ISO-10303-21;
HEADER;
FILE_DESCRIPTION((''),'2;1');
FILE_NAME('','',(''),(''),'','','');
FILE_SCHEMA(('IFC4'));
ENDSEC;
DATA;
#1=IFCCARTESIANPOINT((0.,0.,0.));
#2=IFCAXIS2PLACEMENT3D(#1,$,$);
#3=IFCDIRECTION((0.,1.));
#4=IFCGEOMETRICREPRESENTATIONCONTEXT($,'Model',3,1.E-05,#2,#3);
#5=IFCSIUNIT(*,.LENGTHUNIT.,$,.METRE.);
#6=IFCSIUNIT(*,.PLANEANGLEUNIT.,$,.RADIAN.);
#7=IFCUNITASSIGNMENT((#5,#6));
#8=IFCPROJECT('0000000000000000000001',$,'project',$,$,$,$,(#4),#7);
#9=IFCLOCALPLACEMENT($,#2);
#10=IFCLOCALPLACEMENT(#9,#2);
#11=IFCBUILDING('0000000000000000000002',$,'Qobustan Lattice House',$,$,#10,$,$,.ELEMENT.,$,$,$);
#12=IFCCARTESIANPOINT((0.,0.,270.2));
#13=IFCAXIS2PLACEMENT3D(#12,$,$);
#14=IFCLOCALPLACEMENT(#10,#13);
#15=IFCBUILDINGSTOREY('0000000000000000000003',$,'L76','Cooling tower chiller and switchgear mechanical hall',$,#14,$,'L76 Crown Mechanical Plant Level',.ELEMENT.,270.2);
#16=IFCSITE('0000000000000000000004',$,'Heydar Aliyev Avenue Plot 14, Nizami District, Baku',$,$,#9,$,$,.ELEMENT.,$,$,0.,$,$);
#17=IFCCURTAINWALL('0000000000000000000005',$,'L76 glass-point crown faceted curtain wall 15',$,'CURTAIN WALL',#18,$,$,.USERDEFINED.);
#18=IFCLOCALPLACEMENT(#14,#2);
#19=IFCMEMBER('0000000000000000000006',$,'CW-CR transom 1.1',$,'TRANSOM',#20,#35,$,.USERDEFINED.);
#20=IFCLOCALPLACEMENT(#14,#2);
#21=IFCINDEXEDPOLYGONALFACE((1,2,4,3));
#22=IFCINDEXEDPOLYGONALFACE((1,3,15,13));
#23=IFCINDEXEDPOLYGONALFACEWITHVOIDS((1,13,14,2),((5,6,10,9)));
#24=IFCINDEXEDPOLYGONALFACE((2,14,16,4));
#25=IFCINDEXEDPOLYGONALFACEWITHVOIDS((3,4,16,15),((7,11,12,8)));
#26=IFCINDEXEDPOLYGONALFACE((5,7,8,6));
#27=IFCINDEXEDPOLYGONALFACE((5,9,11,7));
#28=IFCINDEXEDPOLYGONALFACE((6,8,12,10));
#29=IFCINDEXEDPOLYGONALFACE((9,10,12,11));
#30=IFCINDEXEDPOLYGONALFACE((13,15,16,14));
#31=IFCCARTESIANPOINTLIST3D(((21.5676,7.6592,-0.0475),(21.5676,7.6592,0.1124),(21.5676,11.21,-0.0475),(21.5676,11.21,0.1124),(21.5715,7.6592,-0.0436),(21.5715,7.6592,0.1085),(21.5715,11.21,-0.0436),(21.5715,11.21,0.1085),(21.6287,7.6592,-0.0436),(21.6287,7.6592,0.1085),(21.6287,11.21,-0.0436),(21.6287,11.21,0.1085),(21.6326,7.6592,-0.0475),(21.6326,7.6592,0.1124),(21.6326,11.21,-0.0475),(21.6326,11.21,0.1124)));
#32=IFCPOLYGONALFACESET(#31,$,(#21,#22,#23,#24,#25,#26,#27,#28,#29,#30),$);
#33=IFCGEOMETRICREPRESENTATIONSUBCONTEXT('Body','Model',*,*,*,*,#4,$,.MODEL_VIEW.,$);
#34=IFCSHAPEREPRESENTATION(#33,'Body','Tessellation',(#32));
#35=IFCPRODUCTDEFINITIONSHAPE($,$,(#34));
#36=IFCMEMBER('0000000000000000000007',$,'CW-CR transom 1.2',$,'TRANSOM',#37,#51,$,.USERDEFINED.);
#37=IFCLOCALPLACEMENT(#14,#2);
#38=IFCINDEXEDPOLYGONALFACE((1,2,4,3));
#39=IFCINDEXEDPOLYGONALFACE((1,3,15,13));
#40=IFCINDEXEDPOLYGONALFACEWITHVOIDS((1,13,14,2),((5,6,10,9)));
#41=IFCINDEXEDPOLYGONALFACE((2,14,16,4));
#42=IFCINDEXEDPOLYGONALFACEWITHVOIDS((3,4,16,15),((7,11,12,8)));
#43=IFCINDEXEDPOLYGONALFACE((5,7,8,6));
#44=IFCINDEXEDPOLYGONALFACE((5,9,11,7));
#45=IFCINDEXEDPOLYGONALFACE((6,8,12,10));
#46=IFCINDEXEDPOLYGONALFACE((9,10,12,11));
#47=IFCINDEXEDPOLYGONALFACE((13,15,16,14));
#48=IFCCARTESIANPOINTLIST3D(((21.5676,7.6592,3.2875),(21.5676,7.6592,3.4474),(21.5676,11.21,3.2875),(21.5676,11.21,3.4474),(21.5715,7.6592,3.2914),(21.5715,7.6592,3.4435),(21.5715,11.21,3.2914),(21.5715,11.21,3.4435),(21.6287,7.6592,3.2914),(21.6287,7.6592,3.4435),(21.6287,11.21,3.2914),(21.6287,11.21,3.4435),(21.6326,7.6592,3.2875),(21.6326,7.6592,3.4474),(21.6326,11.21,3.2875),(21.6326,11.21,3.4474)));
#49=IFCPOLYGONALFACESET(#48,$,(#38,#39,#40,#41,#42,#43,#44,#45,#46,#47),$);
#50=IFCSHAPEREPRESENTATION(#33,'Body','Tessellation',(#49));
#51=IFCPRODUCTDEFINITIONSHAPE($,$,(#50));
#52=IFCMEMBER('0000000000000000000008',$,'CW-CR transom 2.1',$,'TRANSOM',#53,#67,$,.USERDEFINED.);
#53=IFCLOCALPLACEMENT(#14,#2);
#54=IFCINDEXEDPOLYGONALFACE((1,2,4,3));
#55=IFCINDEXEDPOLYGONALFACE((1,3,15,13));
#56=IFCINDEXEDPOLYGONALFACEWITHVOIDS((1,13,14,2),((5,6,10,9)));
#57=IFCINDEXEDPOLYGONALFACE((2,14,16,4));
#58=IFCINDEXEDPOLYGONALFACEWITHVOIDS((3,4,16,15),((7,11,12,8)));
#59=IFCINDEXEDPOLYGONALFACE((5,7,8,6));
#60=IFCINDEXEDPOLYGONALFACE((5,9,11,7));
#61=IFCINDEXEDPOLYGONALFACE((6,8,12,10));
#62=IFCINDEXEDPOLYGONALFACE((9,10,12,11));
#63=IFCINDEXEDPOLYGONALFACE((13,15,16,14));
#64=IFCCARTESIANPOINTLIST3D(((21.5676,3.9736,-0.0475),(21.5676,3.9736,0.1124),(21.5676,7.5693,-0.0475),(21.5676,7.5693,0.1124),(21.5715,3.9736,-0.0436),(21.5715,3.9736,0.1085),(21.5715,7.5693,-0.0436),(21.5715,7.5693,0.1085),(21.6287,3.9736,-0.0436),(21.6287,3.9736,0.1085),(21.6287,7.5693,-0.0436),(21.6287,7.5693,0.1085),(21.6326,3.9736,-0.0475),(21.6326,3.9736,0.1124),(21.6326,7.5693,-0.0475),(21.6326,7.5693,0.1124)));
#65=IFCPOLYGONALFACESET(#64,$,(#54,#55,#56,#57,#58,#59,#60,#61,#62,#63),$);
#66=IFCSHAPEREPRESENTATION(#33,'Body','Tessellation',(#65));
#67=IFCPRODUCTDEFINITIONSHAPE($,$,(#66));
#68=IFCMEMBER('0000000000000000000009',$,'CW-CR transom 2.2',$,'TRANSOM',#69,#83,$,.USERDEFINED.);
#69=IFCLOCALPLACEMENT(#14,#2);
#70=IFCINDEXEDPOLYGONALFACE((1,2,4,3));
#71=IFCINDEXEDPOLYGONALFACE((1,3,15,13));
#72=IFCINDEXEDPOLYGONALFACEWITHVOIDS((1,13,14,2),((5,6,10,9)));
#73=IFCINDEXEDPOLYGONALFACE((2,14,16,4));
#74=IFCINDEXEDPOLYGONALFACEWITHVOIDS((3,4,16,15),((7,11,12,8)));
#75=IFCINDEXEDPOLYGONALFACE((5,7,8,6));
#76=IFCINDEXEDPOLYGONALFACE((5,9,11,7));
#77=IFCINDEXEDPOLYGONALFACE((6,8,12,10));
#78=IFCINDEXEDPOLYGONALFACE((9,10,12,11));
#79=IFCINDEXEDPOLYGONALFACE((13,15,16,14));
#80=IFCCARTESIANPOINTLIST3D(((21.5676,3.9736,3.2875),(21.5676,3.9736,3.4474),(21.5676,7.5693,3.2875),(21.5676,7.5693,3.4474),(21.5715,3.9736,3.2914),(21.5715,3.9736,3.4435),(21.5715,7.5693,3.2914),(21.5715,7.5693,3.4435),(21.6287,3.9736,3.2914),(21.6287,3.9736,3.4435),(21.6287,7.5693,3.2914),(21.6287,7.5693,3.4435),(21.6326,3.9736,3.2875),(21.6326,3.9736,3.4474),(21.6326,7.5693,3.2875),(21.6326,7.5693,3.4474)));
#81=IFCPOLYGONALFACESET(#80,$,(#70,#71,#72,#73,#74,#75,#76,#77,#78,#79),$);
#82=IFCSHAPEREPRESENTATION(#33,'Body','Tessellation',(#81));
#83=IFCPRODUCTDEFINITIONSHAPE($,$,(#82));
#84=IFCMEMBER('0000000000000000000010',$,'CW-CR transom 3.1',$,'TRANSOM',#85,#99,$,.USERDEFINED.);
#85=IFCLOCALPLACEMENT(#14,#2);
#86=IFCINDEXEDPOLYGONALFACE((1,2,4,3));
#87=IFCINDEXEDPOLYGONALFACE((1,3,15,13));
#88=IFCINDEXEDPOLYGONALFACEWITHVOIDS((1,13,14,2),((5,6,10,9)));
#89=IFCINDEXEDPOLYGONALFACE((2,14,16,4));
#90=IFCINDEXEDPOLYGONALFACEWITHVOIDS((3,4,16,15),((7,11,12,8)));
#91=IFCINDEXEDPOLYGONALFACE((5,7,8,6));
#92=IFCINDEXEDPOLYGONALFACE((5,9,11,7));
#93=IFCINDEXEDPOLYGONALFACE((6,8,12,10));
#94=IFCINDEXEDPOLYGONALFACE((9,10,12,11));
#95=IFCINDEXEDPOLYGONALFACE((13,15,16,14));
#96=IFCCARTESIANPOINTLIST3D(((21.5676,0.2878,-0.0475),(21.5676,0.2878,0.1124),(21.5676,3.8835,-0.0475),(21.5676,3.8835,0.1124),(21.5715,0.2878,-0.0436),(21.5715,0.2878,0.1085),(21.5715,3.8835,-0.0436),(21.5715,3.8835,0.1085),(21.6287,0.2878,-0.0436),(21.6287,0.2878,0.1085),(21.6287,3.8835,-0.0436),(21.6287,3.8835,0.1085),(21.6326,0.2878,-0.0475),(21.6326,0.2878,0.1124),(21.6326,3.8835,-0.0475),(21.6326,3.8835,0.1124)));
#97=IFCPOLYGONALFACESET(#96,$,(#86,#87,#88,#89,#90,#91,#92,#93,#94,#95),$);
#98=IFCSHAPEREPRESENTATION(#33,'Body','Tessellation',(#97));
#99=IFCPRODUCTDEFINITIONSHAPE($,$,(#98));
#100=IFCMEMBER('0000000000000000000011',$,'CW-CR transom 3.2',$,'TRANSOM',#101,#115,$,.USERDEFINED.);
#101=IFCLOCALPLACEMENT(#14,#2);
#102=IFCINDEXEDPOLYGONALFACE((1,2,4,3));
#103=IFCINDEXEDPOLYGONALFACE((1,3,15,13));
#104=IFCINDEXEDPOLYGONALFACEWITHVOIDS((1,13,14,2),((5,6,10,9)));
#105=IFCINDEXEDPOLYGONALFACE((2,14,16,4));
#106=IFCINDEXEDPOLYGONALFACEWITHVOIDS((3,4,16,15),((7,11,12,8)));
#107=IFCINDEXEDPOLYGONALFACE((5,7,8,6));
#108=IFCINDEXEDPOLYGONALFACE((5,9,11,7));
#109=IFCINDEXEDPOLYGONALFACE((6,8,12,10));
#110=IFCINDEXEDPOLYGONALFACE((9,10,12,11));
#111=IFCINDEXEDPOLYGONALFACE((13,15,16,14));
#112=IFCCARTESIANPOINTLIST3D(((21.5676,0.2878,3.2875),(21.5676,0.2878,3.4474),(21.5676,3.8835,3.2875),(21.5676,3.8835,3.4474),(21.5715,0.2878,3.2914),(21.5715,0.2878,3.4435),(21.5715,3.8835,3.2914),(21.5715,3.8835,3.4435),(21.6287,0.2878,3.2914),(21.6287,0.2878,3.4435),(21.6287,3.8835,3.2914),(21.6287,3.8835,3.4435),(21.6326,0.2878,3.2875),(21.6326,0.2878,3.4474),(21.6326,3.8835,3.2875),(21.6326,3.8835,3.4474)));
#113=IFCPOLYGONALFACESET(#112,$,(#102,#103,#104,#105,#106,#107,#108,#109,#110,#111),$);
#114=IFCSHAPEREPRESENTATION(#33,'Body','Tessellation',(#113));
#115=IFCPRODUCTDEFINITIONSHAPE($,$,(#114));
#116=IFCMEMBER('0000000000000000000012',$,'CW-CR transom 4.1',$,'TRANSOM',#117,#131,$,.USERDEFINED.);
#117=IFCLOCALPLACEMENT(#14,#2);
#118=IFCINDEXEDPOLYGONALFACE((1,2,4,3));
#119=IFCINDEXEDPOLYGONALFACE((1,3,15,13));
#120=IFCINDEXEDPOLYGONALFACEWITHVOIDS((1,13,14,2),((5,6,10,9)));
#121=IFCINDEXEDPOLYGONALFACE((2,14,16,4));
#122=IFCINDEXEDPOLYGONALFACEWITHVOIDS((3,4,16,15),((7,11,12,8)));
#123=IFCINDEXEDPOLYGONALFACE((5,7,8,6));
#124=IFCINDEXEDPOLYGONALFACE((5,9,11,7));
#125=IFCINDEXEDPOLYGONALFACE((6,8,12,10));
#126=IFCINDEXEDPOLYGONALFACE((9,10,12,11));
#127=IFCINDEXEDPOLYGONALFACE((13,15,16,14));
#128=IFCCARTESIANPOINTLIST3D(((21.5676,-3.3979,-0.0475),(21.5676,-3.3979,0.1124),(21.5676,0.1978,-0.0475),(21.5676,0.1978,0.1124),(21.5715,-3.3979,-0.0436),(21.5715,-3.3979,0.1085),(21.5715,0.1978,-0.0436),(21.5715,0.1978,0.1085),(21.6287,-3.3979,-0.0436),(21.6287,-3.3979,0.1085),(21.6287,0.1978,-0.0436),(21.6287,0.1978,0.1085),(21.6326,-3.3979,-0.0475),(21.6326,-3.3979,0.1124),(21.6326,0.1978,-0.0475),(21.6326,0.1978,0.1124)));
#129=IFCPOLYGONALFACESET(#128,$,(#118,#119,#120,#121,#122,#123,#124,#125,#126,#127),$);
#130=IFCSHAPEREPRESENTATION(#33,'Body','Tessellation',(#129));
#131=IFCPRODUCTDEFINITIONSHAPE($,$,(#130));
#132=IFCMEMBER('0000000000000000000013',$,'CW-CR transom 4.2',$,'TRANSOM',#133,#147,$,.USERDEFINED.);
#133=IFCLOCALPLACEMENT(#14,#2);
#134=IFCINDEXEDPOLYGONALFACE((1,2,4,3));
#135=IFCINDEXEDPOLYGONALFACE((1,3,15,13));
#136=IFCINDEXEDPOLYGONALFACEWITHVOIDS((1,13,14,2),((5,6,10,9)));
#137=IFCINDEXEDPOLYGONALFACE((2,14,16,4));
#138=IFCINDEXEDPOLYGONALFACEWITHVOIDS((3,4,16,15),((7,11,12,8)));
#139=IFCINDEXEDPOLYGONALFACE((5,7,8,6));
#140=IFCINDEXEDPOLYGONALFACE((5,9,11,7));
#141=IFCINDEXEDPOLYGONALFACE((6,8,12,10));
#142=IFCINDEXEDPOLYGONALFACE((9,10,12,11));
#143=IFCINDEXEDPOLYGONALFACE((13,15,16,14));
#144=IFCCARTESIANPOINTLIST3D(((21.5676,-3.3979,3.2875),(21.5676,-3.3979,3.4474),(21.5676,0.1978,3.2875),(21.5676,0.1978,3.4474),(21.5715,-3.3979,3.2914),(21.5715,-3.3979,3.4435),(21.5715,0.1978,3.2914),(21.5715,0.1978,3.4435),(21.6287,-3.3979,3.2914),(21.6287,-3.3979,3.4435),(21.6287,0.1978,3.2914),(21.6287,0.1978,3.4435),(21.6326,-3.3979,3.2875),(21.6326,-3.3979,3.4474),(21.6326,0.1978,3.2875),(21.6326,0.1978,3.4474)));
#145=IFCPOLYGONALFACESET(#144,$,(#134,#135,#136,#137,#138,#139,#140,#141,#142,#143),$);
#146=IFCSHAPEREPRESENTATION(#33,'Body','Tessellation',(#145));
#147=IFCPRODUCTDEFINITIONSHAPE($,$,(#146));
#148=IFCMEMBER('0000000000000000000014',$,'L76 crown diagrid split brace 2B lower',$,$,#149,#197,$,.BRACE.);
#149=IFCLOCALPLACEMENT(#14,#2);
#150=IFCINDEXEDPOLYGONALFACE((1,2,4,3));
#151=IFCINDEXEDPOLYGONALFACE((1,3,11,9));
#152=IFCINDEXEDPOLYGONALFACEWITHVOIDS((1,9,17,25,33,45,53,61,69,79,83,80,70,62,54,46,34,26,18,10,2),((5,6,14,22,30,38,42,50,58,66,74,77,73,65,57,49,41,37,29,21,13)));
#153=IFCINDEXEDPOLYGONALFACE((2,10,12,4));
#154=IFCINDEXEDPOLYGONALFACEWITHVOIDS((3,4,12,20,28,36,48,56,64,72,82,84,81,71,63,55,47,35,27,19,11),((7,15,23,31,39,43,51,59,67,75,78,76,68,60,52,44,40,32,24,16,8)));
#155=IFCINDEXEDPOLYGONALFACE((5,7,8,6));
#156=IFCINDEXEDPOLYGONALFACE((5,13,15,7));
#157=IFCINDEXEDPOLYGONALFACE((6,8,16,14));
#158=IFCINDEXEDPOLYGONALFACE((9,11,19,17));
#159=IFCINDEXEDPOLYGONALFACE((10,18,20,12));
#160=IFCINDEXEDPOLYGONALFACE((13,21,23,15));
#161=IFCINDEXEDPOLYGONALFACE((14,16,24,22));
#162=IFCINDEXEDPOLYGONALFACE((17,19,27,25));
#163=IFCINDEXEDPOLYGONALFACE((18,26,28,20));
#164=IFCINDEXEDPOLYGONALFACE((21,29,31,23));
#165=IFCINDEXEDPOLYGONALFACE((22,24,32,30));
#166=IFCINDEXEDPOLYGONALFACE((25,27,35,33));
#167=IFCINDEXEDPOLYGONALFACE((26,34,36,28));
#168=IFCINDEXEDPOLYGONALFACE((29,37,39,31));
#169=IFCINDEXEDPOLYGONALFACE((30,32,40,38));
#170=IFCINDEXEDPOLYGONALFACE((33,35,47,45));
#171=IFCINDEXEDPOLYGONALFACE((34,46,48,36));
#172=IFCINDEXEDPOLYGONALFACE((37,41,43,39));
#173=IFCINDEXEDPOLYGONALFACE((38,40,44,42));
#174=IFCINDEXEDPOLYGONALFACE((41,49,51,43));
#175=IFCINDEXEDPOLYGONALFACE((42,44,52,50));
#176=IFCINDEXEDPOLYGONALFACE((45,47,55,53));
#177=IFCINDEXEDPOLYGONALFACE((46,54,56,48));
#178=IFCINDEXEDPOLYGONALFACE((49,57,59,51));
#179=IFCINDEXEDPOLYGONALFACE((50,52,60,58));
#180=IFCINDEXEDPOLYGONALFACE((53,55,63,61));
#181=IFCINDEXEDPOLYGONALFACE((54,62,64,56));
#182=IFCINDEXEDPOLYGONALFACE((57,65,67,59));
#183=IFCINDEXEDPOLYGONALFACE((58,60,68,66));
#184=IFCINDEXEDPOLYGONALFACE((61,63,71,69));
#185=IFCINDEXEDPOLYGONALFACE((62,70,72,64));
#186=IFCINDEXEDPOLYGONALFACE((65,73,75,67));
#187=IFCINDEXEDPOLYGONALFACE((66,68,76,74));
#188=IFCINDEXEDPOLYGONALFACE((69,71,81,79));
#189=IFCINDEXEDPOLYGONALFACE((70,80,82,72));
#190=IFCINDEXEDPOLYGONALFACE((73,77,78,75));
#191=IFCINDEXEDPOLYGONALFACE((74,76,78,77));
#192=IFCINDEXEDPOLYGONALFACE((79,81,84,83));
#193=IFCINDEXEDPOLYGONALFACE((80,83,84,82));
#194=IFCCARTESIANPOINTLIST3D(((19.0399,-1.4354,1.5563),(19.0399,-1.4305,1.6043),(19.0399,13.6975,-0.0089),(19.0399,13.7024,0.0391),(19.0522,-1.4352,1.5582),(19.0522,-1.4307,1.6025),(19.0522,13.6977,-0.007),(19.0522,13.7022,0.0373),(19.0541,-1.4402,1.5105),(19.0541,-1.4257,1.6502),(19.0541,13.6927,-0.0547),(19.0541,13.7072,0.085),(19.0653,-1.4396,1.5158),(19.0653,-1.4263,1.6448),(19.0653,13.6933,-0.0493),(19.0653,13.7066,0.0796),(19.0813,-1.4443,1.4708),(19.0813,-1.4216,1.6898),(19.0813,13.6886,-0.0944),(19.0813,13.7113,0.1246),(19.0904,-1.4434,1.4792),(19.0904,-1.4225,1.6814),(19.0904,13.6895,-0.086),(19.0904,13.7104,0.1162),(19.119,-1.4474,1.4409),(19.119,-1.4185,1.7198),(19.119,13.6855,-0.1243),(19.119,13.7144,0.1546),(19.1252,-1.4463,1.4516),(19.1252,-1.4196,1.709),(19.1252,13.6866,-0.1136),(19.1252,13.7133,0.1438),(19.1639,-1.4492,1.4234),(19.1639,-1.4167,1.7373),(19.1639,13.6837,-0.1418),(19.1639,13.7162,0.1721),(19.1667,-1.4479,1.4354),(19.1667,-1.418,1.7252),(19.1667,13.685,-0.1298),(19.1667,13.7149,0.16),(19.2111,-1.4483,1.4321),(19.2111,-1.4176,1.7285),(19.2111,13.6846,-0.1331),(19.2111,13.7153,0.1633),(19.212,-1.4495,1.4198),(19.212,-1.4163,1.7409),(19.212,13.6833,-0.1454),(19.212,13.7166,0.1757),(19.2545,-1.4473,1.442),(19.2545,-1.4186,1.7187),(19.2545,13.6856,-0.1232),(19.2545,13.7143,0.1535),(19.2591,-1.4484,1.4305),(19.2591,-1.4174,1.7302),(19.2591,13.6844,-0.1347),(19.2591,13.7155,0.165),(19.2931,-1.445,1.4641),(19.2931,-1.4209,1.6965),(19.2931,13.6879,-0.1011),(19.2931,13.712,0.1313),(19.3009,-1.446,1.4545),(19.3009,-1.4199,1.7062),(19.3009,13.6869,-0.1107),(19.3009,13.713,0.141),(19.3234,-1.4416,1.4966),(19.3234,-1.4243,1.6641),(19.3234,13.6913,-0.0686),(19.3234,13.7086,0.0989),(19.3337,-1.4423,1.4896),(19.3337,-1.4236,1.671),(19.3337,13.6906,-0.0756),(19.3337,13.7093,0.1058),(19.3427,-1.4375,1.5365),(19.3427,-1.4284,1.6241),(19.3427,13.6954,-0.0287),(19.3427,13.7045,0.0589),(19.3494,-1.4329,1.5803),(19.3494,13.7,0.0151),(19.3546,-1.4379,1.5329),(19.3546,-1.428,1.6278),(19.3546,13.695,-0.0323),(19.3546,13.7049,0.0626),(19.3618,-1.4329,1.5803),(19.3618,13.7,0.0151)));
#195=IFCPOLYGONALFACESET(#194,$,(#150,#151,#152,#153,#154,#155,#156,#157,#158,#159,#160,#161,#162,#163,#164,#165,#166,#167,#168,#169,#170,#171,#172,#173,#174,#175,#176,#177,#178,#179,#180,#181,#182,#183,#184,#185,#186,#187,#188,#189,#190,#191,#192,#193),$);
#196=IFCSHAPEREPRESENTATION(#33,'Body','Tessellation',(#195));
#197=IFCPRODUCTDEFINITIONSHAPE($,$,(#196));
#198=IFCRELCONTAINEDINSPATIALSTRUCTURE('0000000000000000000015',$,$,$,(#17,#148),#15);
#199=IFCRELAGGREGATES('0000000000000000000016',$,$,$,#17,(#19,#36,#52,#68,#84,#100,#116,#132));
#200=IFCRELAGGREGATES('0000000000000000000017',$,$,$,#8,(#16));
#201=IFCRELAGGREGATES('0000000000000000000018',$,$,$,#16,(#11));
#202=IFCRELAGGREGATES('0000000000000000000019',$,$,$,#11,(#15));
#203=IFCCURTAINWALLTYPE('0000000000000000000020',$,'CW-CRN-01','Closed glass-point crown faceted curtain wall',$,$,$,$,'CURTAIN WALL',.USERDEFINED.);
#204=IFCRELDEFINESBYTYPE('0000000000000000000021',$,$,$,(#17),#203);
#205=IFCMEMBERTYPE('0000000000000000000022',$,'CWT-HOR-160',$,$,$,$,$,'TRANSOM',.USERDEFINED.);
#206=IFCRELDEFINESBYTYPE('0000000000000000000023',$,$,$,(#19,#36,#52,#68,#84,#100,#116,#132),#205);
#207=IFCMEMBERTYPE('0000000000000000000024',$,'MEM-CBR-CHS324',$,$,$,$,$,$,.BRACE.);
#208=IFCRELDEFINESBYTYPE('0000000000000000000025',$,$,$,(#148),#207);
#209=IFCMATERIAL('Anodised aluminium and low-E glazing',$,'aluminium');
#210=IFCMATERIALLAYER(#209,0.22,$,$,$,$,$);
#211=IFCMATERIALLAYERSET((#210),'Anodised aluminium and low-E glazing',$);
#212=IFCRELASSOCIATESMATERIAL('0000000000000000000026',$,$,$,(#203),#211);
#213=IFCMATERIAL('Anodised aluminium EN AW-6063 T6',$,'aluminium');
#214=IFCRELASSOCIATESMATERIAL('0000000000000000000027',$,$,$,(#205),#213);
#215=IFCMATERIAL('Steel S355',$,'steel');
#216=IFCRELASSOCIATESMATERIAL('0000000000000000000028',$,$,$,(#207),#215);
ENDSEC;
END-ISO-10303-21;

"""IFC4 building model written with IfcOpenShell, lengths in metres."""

from ifc_helpers import new_model, si_unit, direction, frame, origin, origin_2d, place, context, subcontext, project, spatial, hollow_rectangle, hollow_circle, extrude, material, layer, layer_set, material_profile, profile_set, type_object, element, aggregate, save


model = new_model("IFC4")

# Units and contexts
model_context = context("Model", 3, precision=1e-05, world=origin(), true_north=direction((0.0, 1.0)))
body_context = subcontext(model_context, "Body", "Model", "MODEL_VIEW")
ifc_project = project(units=[si_unit("LENGTHUNIT", "METRE"), si_unit("PLANEANGLEUNIT", "RADIAN")], contexts=[model_context])

# Site, building, storey
site_placement = place(None, origin())
site = spatial("IfcSite", under=ifc_project, at=site_placement, Name="Heydar Aliyev Avenue Plot 14, Nizami District, Baku", CompositionType="ELEMENT", RefElevation=0.0)
building_placement = place(site_placement, origin())
building = spatial("IfcBuilding", under=site, at=building_placement, Name="Qobustan Lattice House", CompositionType="ELEMENT")
storey_placement = place(building_placement, frame((0.0, 0.0, 270.2)))
storey = spatial("IfcBuildingStorey", under=building, at=storey_placement, Name="L76", Description="Cooling tower chiller and switchgear mechanical hall", LongName="L76 Crown Mechanical Plant Level", CompositionType="ELEMENT", Elevation=270.2)

# Curtain wall
ifc_material_1 = material(Name="Anodised aluminium and low-E glazing", Category="aluminium")
ifc_layer_1 = layer(ifc_material_1, 0.22)
ifc_layer_set_1 = layer_set([ifc_layer_1], Name="Anodised aluminium and low-E glazing")
curtain_wall_type = type_object("IfcCurtainWallType", Name="CW-CRN-01", Description="Closed glass-point crown faceted curtain wall", ElementType="CURTAIN WALL", PredefinedType="USERDEFINED", material=ifc_layer_set_1)
curtain_wall_1_placement = place(storey_placement, origin())
curtain_wall_1 = element("IfcCurtainWall", 1, at=curtain_wall_1_placement, inside=storey, type_object=curtain_wall_type, Name="L76 glass-point crown faceted curtain wall 15", ObjectType="CURTAIN WALL", PredefinedType="USERDEFINED")

# Members
ifc_material_2 = material(Name="Anodised aluminium EN AW-6063 T6", Category="aluminium")
ifc_material_profile_1 = material_profile(ifc_material_2, hollow_rectangle(XDim=0.0649, YDim=0.1599, WallThickness=0.0039, at=origin_2d()), Name="CWT-160x65")
ifc_profile_set_1 = profile_set([ifc_material_profile_1], Name="Anodised aluminium EN AW-6063 T6")
member_type_1 = type_object("IfcMemberType", Name="CWT-HOR-160", ElementType="TRANSOM", PredefinedType="USERDEFINED", material=ifc_profile_set_1)
member_1_placement = place(storey_placement, frame((21.6001, 11.21, 0.0325), z_axis=(0.0, -1.0, 0.0), x_axis=(1.0, 0.0, 0.0)))
member_1 = element("IfcMember", 2, at=member_1_placement, type_object=member_type_1, Name="CW-CR transom 1.1", ObjectType="TRANSOM", PredefinedType="USERDEFINED", context=body_context, shape_type="SweptSolid", body=[
    extrude(hollow_rectangle(XDim=0.0649, YDim=0.1599, WallThickness=0.0039, at=origin_2d()), origin(), (0.0, 0.0, 1.0), 3.5508),
])
member_2_placement = place(storey_placement, frame((21.6001, 11.21, 3.3674), z_axis=(0.0, -1.0, 0.0), x_axis=(1.0, 0.0, 0.0)))
member_2 = element("IfcMember", 3, at=member_2_placement, type_object=member_type_1, Name="CW-CR transom 1.2", ObjectType="TRANSOM", PredefinedType="USERDEFINED", context=body_context, shape_type="SweptSolid", body=[
    extrude(hollow_rectangle(XDim=0.0649, YDim=0.1599, WallThickness=0.0039, at=origin_2d()), origin(), (0.0, 0.0, 1.0), 3.5508),
])
member_3_placement = place(storey_placement, frame((21.6001, 7.5693, 0.0325), z_axis=(0.0, -1.0, 0.0), x_axis=(1.0, 0.0, 0.0)))
member_3 = element("IfcMember", 4, at=member_3_placement, type_object=member_type_1, Name="CW-CR transom 2.1", ObjectType="TRANSOM", PredefinedType="USERDEFINED", context=body_context, shape_type="SweptSolid", body=[
    extrude(hollow_rectangle(XDim=0.0649, YDim=0.1599, WallThickness=0.0039, at=origin_2d()), origin(), (0.0, 0.0, 1.0), 3.5957),
])
member_4_placement = place(storey_placement, frame((21.6001, 7.5693, 3.3674), z_axis=(0.0, -1.0, 0.0), x_axis=(1.0, 0.0, 0.0)))
member_4 = element("IfcMember", 5, at=member_4_placement, type_object=member_type_1, Name="CW-CR transom 2.2", ObjectType="TRANSOM", PredefinedType="USERDEFINED", context=body_context, shape_type="SweptSolid", body=[
    extrude(hollow_rectangle(XDim=0.0649, YDim=0.1599, WallThickness=0.0039, at=origin_2d()), origin(), (0.0, 0.0, 1.0), 3.5957),
])
member_5_placement = place(storey_placement, frame((21.6001, 3.8835, 0.0325), z_axis=(0.0, -1.0, 0.0), x_axis=(1.0, 0.0, 0.0)))
member_5 = element("IfcMember", 6, at=member_5_placement, type_object=member_type_1, Name="CW-CR transom 3.1", ObjectType="TRANSOM", PredefinedType="USERDEFINED", context=body_context, shape_type="SweptSolid", body=[
    extrude(hollow_rectangle(XDim=0.0649, YDim=0.1599, WallThickness=0.0039, at=origin_2d()), origin(), (0.0, 0.0, 1.0), 3.5957),
])
member_6_placement = place(storey_placement, frame((21.6001, 3.8835, 3.3674), z_axis=(0.0, -1.0, 0.0), x_axis=(1.0, 0.0, 0.0)))
member_6 = element("IfcMember", 7, at=member_6_placement, type_object=member_type_1, Name="CW-CR transom 3.2", ObjectType="TRANSOM", PredefinedType="USERDEFINED", context=body_context, shape_type="SweptSolid", body=[
    extrude(hollow_rectangle(XDim=0.0649, YDim=0.1599, WallThickness=0.0039, at=origin_2d()), origin(), (0.0, 0.0, 1.0), 3.5957),
])
member_7_placement = place(storey_placement, frame((21.6001, 0.1978, 0.0325), z_axis=(0.0, -1.0, 0.0), x_axis=(1.0, 0.0, 0.0)))
member_7 = element("IfcMember", 8, at=member_7_placement, type_object=member_type_1, Name="CW-CR transom 4.1", ObjectType="TRANSOM", PredefinedType="USERDEFINED", context=body_context, shape_type="SweptSolid", body=[
    extrude(hollow_rectangle(XDim=0.0649, YDim=0.1599, WallThickness=0.0039, at=origin_2d()), origin(), (0.0, 0.0, 1.0), 3.5957),
])
member_8_placement = place(storey_placement, frame((21.6001, 0.1978, 3.3674), z_axis=(0.0, -1.0, 0.0), x_axis=(1.0, 0.0, 0.0)))
member_8 = element("IfcMember", 9, at=member_8_placement, type_object=member_type_1, Name="CW-CR transom 4.2", ObjectType="TRANSOM", PredefinedType="USERDEFINED", context=body_context, shape_type="SweptSolid", body=[
    extrude(hollow_rectangle(XDim=0.0649, YDim=0.1599, WallThickness=0.0039, at=origin_2d()), origin(), (0.0, 0.0, 1.0), 3.5957),
])

# Member
ifc_material_3 = material(Name="Steel S355", Category="steel")
ifc_material_profile_2 = material_profile(ifc_material_3, hollow_circle(Radius=0.1619, WallThickness=0.0125, at=origin_2d()), Name="CHS323.9x12.5")
ifc_profile_set_2 = profile_set([ifc_material_profile_2], Name="Steel S355")
member_type_2 = type_object("IfcMemberType", Name="MEM-CBR-CHS324", PredefinedType="BRACE", material=ifc_profile_set_2)
member_9_placement = place(storey_placement, frame((19.2, 13.7, 0.0151), z_axis=(0.0, -0.994694, 0.102881), x_axis=(1.0, 0.0, 0.0)))
element("IfcMember", 10, at=member_9_placement, inside=storey, type_object=member_type_2, Name="L76 crown diagrid split brace 2B lower", PredefinedType="BRACE", context=body_context, shape_type="SweptSolid", body=[
    extrude(hollow_circle(Radius=0.1619, WallThickness=0.0125, at=origin_2d()), origin(), (0.0, 0.0, 1.0), 15.2136),
])

aggregate(curtain_wall_1, [member_1, member_2, member_3, member_4, member_5, member_6, member_7, member_8])

save(model, "model.ifc")
